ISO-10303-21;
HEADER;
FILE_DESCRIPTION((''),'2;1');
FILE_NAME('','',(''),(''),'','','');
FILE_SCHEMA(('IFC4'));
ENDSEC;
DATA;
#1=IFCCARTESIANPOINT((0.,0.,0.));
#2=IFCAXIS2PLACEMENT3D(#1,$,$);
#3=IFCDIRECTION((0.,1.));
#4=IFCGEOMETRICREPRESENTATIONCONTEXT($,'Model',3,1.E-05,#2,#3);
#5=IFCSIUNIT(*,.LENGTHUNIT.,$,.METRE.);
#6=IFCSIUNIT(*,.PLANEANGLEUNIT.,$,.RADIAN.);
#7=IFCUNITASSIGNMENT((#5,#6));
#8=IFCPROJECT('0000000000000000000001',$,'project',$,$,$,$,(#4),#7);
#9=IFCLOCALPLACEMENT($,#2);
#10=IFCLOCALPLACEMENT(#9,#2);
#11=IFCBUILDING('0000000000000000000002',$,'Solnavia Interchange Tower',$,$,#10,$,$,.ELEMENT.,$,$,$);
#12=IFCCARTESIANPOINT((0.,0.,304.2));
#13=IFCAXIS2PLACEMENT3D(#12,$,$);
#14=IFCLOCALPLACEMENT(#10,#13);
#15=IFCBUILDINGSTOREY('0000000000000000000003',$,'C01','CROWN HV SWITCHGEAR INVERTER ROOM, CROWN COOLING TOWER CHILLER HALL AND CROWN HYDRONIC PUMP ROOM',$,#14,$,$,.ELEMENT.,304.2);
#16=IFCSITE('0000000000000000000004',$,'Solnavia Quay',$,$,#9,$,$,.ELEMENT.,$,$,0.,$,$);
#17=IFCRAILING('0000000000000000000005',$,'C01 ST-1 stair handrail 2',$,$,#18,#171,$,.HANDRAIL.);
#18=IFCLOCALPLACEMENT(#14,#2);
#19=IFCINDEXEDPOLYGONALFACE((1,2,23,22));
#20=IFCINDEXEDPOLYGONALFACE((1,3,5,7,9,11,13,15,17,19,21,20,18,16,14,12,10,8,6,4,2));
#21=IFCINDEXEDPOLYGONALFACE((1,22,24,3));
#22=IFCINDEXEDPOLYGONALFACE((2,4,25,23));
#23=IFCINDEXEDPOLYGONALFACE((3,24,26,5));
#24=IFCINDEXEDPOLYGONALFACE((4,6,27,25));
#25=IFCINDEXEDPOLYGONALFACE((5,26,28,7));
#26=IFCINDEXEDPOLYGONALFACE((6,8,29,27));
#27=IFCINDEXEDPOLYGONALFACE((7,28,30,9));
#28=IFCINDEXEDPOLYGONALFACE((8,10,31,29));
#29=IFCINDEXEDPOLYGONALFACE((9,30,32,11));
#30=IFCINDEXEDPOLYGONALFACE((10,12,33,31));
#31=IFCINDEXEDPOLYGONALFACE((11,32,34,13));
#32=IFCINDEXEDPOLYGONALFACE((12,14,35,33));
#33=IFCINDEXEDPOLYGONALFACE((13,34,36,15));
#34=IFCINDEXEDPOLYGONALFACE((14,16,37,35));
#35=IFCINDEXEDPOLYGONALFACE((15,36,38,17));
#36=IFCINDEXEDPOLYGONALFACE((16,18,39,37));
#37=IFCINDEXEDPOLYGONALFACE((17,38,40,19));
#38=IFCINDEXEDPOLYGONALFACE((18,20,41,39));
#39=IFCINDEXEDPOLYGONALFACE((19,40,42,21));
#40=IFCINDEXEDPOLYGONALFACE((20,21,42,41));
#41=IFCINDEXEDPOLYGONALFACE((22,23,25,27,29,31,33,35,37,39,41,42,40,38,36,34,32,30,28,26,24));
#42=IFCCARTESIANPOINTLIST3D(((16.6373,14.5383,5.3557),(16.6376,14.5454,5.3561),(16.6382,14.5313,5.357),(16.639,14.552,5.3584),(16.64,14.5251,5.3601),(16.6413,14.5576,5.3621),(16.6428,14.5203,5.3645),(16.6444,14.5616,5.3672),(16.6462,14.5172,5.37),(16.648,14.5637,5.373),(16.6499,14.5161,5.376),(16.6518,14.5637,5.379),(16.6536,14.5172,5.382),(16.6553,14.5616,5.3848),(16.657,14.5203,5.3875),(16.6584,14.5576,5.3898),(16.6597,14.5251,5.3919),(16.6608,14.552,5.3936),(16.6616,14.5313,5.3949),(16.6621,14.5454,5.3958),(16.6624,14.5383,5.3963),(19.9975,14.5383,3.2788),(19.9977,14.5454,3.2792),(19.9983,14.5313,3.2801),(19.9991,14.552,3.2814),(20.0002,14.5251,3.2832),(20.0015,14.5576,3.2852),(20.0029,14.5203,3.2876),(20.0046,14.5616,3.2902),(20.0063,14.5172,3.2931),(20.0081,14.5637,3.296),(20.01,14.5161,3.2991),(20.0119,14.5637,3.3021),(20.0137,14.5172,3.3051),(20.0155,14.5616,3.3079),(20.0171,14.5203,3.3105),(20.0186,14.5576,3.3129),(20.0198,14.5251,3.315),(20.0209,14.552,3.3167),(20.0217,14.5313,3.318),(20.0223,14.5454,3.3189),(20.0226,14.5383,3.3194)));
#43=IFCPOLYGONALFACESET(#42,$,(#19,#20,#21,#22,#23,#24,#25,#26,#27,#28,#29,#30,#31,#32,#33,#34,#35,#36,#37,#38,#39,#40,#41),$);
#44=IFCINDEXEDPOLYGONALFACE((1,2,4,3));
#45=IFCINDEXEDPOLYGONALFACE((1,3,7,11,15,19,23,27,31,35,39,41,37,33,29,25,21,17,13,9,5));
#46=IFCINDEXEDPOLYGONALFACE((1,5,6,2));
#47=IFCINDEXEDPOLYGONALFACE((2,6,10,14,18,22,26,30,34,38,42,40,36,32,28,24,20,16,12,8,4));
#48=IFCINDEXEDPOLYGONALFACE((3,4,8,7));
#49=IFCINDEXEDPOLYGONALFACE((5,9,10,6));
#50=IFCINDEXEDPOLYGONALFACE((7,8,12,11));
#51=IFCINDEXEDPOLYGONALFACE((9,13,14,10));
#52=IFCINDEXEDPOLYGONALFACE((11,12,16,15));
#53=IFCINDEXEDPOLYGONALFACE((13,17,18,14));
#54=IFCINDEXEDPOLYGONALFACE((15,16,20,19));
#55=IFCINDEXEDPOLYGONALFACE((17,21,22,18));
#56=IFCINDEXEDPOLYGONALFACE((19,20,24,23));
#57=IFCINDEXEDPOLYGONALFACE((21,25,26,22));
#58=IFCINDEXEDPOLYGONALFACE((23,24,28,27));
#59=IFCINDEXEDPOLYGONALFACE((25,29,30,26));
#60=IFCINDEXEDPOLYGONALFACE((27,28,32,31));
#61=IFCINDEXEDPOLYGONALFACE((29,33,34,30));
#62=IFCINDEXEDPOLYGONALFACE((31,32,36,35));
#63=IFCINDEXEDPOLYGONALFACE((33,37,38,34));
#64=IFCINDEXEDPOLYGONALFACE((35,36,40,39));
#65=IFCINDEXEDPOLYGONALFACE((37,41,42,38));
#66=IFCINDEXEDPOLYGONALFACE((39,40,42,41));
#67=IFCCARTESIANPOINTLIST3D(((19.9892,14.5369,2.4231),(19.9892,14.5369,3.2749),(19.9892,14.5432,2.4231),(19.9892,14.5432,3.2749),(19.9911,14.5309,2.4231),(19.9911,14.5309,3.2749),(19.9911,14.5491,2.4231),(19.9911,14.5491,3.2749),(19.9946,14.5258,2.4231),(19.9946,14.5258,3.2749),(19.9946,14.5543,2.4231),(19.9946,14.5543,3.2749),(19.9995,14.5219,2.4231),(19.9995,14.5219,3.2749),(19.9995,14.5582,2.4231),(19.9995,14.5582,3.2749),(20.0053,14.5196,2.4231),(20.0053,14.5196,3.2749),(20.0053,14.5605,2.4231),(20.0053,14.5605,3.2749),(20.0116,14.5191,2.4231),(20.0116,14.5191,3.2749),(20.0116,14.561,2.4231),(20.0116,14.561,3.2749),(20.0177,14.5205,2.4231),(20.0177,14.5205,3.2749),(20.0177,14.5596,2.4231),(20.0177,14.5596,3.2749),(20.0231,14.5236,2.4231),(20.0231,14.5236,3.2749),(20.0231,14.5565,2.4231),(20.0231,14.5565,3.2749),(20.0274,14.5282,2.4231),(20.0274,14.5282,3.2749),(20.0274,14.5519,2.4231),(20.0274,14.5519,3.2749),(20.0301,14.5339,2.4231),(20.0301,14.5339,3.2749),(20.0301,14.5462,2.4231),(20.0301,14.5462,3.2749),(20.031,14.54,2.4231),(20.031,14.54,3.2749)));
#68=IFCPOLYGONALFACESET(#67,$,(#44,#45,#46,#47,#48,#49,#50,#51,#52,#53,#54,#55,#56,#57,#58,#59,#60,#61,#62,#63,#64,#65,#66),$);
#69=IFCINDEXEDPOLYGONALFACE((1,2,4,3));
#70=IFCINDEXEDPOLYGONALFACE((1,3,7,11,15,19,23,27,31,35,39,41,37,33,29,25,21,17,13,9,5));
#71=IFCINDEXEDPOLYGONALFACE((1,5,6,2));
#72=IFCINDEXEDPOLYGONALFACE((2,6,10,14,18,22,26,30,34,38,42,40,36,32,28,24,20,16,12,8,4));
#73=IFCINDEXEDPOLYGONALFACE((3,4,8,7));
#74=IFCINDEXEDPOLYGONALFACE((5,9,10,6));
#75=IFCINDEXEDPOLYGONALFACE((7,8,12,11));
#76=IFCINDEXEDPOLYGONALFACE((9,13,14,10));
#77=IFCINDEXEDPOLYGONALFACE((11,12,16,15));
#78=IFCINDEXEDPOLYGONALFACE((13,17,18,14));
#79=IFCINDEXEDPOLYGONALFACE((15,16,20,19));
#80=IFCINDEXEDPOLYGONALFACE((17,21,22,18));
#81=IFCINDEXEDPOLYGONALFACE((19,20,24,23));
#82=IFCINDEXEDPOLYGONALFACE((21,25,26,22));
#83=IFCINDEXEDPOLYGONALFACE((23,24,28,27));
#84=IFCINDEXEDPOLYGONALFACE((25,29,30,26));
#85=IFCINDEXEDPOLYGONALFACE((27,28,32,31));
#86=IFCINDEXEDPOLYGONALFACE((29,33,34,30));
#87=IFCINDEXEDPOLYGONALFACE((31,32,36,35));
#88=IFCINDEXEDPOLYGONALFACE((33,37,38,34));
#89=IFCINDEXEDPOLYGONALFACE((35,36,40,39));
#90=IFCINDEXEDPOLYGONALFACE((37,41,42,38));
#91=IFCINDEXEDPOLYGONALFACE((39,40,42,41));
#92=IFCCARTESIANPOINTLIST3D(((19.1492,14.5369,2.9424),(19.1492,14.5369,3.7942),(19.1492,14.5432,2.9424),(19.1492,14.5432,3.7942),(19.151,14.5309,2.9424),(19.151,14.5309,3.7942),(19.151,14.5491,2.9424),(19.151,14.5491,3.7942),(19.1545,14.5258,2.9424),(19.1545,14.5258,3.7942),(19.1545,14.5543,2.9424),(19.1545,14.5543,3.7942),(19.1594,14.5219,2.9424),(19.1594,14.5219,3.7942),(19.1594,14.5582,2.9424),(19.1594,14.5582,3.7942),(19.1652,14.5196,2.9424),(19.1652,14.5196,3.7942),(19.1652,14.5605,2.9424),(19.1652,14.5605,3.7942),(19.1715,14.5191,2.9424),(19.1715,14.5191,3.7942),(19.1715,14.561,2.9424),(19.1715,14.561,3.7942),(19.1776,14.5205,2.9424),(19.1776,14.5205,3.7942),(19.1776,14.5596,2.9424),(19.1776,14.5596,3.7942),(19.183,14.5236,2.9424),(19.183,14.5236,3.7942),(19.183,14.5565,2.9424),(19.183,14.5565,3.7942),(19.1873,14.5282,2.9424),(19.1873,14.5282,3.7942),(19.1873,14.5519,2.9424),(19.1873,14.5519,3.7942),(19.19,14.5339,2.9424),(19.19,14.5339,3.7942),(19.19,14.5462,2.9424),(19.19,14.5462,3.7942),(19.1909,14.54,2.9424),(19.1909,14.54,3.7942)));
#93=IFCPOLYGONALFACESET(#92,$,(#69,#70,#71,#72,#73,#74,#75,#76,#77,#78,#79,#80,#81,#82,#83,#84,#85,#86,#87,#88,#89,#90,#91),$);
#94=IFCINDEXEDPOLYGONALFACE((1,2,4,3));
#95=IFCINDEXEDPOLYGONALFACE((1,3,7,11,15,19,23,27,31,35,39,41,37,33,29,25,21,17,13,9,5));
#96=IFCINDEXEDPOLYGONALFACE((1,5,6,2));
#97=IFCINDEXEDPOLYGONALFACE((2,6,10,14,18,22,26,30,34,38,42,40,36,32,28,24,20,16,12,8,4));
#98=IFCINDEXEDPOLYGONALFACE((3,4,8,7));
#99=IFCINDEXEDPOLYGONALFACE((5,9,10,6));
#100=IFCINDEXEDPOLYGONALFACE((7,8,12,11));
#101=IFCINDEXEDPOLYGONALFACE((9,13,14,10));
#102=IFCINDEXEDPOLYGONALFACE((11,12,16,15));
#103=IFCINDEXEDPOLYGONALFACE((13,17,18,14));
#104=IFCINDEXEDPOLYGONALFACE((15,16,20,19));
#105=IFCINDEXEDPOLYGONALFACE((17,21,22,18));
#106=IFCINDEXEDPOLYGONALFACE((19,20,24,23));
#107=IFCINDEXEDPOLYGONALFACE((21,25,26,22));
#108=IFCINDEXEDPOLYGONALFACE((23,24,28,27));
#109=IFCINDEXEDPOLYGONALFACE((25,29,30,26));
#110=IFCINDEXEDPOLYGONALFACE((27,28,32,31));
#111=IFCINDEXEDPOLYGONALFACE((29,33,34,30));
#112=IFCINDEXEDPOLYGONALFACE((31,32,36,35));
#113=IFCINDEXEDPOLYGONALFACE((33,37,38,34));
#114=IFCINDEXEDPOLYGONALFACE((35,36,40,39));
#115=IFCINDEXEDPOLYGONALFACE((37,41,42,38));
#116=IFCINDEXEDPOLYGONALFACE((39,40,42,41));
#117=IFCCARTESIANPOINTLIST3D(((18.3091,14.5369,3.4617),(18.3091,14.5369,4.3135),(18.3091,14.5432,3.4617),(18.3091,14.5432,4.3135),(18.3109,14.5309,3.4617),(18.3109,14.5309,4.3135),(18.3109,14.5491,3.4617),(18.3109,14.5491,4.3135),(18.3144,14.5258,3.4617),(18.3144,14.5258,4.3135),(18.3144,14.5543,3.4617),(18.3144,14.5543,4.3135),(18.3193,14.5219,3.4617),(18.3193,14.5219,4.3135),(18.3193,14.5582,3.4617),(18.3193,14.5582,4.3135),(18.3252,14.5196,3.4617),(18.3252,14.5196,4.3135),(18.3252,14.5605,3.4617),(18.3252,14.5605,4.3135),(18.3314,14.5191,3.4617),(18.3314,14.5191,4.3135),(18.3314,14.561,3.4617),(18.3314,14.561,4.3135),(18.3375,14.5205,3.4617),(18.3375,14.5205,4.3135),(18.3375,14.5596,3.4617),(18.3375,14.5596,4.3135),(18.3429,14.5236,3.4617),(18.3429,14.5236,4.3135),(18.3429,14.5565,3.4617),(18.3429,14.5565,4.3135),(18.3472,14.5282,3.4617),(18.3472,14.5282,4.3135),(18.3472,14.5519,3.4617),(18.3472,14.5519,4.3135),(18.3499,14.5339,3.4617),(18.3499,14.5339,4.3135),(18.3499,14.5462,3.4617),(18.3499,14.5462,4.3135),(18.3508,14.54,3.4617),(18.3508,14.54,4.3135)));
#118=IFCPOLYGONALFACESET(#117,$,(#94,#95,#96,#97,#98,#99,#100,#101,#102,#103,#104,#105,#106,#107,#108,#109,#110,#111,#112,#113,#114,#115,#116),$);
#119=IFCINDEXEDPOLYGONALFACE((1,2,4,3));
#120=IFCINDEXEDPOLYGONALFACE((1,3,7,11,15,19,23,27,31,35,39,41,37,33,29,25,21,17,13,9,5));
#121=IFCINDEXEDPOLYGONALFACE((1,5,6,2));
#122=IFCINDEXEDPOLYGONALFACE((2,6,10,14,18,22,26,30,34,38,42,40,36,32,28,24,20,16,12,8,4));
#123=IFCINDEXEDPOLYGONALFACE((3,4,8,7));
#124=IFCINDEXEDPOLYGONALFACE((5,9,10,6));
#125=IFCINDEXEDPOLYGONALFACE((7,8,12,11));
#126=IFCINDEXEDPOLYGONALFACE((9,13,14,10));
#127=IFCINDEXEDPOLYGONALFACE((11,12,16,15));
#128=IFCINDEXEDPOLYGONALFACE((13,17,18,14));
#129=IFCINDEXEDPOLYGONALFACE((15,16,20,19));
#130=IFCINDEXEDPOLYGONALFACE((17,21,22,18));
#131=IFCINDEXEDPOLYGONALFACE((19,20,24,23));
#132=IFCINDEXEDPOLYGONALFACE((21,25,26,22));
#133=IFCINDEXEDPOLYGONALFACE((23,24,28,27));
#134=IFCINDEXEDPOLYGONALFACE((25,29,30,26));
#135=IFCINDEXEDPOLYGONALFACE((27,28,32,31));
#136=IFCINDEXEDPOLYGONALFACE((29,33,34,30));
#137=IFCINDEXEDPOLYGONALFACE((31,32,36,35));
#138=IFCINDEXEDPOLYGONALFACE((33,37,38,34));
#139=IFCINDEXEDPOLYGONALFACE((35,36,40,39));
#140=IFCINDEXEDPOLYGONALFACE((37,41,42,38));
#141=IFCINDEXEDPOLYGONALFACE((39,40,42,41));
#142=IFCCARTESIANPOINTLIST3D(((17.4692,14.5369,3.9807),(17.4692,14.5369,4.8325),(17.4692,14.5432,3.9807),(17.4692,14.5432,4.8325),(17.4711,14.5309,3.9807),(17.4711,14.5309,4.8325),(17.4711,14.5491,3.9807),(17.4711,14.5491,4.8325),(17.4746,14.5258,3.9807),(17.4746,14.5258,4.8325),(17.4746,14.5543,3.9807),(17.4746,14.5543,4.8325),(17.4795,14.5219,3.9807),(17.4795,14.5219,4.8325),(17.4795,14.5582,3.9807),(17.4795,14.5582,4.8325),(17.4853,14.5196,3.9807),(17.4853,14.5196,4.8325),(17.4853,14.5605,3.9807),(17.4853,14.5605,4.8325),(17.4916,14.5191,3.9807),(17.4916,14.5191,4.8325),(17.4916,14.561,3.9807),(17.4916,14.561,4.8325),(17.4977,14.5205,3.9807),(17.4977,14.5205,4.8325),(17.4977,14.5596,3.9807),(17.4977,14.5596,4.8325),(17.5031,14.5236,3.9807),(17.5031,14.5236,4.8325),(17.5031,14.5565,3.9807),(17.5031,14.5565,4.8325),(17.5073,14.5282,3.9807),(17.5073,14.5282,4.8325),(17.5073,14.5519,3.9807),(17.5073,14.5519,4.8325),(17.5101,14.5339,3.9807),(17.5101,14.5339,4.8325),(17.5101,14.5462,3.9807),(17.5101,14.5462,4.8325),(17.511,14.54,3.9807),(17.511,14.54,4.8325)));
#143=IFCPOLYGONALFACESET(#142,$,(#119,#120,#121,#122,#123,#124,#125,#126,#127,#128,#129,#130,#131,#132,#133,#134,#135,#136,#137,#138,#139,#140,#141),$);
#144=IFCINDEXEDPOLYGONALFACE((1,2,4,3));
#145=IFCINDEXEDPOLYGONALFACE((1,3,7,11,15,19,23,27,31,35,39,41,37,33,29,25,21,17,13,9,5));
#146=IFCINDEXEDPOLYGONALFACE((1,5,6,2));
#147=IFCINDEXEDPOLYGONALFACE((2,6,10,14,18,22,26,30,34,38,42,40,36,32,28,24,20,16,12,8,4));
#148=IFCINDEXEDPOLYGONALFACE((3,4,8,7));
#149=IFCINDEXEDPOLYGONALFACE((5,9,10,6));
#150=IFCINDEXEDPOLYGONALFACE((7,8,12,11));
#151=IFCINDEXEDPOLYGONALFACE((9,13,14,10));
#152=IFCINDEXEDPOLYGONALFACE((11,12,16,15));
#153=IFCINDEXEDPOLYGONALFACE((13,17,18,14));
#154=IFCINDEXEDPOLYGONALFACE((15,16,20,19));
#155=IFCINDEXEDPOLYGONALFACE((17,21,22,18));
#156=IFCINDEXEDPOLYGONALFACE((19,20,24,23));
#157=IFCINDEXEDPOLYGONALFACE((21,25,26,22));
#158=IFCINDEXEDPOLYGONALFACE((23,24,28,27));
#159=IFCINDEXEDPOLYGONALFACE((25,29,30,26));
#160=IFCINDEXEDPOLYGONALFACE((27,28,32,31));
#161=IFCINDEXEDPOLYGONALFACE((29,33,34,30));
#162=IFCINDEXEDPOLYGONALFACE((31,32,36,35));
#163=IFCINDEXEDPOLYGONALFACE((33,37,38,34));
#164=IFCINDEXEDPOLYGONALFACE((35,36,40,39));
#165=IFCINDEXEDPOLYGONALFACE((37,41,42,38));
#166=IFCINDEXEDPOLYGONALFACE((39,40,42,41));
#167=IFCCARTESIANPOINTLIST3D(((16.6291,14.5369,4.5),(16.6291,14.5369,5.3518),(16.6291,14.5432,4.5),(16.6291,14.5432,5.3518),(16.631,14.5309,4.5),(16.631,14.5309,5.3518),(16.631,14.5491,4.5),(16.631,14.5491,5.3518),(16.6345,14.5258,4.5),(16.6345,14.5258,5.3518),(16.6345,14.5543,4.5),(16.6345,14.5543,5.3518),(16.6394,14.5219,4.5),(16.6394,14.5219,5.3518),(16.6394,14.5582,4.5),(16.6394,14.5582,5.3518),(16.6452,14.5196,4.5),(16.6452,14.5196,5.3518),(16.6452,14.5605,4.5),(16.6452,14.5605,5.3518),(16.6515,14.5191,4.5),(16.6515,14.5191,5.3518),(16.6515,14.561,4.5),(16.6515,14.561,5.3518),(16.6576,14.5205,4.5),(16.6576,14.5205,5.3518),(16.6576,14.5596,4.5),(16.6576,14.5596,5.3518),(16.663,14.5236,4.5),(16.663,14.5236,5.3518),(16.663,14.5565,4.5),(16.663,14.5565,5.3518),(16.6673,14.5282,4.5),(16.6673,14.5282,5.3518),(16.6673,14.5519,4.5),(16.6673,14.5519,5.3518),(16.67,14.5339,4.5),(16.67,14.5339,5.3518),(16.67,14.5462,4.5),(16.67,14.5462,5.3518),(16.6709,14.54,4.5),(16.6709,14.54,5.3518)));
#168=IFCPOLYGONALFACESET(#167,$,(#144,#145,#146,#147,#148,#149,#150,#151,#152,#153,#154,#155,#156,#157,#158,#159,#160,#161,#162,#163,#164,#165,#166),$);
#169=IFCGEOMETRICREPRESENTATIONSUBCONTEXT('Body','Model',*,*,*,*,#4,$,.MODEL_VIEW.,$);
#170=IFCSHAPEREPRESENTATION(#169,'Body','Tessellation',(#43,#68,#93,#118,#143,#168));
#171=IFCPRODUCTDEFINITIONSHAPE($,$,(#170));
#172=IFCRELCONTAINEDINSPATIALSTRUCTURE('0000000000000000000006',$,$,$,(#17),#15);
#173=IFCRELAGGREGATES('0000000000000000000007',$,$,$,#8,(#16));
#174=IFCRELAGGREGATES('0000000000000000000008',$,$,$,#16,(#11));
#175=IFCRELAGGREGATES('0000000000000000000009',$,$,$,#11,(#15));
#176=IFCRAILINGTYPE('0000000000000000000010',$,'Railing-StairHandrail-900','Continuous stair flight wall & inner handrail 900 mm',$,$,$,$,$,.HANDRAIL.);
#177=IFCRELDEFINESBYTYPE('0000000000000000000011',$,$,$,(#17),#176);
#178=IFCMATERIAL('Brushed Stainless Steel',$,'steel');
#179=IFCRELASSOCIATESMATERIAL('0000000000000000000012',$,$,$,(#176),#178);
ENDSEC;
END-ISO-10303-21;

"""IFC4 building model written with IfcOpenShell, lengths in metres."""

from ifc_helpers import new_model, si_unit, direction, frame, origin, origin_2d, place, context, subcontext, project, spatial, circle, extrude, material, type_object, element, save


model = new_model("IFC4")

# Units and contexts
model_context = context("Model", 3, precision=1e-05, world=origin(), true_north=direction((0.0, 1.0)))
body_context = subcontext(model_context, "Body", "Model", "MODEL_VIEW")
ifc_project = project(units=[si_unit("LENGTHUNIT", "METRE"), si_unit("PLANEANGLEUNIT", "RADIAN")], contexts=[model_context])

# Site, building, storey
site_placement = place(None, origin())
site = spatial("IfcSite", under=ifc_project, at=site_placement, Name="Solnavia Quay", CompositionType="ELEMENT", RefElevation=0.0)
building_placement = place(site_placement, origin())
building = spatial("IfcBuilding", under=site, at=building_placement, Name="Solnavia Interchange Tower", CompositionType="ELEMENT")
storey_placement = place(building_placement, frame((0.0, 0.0, 304.2)))
storey = spatial("IfcBuildingStorey", under=building, at=storey_placement, Name="C01", Description="CROWN HV SWITCHGEAR INVERTER ROOM, CROWN COOLING TOWER CHILLER HALL AND CROWN HYDRONIC PUMP ROOM", CompositionType="ELEMENT", Elevation=304.2)

# Railing
ifc_material_1 = material(Name="Brushed Stainless Steel", Category="steel")
railing_type_1 = type_object("IfcRailingType", Name="Railing-StairHandrail-900", Description="Continuous stair flight wall & inner handrail 900 mm", PredefinedType="HANDRAIL", material=ifc_material_1)
railing_1_placement = place(storey_placement, frame((20.01, 14.54, 2.4231)))
element("IfcRailing", 1, at=railing_1_placement, inside=storey, type_object=railing_type_1, Name="C01 ST-1 stair handrail 2", PredefinedType="HANDRAIL", context=body_context, shape_type="SweptSolid", body=[
    extrude(circle(Radius=0.0239, at=origin_2d()), frame((0.0, 0.0, 0.876), z_axis=(-0.850623, 0.0, 0.525776), x_axis=(0.0, -1.0, 0.0)), (0.0, 0.0, 1.0), 3.9502),
    extrude(circle(Radius=0.021, at=origin_2d()), origin(), (0.0, 0.0, 1.0), 0.8518),
    extrude(circle(Radius=0.021, at=origin_2d()), frame((-0.8401, 0.0, 0.5193)), (0.0, 0.0, 1.0), 0.8518),
    extrude(circle(Radius=0.021, at=origin_2d()), frame((-1.6802, 0.0, 1.0386)), (0.0, 0.0, 1.0), 0.8518),
    extrude(circle(Radius=0.021, at=origin_2d()), frame((-2.52, 0.0, 1.5576)), (0.0, 0.0, 1.0), 0.8518),
    extrude(circle(Radius=0.021, at=origin_2d()), frame((-3.3601, 0.0, 2.0769)), (0.0, 0.0, 1.0), 0.8518),
])

save(model, "model.ifc")
